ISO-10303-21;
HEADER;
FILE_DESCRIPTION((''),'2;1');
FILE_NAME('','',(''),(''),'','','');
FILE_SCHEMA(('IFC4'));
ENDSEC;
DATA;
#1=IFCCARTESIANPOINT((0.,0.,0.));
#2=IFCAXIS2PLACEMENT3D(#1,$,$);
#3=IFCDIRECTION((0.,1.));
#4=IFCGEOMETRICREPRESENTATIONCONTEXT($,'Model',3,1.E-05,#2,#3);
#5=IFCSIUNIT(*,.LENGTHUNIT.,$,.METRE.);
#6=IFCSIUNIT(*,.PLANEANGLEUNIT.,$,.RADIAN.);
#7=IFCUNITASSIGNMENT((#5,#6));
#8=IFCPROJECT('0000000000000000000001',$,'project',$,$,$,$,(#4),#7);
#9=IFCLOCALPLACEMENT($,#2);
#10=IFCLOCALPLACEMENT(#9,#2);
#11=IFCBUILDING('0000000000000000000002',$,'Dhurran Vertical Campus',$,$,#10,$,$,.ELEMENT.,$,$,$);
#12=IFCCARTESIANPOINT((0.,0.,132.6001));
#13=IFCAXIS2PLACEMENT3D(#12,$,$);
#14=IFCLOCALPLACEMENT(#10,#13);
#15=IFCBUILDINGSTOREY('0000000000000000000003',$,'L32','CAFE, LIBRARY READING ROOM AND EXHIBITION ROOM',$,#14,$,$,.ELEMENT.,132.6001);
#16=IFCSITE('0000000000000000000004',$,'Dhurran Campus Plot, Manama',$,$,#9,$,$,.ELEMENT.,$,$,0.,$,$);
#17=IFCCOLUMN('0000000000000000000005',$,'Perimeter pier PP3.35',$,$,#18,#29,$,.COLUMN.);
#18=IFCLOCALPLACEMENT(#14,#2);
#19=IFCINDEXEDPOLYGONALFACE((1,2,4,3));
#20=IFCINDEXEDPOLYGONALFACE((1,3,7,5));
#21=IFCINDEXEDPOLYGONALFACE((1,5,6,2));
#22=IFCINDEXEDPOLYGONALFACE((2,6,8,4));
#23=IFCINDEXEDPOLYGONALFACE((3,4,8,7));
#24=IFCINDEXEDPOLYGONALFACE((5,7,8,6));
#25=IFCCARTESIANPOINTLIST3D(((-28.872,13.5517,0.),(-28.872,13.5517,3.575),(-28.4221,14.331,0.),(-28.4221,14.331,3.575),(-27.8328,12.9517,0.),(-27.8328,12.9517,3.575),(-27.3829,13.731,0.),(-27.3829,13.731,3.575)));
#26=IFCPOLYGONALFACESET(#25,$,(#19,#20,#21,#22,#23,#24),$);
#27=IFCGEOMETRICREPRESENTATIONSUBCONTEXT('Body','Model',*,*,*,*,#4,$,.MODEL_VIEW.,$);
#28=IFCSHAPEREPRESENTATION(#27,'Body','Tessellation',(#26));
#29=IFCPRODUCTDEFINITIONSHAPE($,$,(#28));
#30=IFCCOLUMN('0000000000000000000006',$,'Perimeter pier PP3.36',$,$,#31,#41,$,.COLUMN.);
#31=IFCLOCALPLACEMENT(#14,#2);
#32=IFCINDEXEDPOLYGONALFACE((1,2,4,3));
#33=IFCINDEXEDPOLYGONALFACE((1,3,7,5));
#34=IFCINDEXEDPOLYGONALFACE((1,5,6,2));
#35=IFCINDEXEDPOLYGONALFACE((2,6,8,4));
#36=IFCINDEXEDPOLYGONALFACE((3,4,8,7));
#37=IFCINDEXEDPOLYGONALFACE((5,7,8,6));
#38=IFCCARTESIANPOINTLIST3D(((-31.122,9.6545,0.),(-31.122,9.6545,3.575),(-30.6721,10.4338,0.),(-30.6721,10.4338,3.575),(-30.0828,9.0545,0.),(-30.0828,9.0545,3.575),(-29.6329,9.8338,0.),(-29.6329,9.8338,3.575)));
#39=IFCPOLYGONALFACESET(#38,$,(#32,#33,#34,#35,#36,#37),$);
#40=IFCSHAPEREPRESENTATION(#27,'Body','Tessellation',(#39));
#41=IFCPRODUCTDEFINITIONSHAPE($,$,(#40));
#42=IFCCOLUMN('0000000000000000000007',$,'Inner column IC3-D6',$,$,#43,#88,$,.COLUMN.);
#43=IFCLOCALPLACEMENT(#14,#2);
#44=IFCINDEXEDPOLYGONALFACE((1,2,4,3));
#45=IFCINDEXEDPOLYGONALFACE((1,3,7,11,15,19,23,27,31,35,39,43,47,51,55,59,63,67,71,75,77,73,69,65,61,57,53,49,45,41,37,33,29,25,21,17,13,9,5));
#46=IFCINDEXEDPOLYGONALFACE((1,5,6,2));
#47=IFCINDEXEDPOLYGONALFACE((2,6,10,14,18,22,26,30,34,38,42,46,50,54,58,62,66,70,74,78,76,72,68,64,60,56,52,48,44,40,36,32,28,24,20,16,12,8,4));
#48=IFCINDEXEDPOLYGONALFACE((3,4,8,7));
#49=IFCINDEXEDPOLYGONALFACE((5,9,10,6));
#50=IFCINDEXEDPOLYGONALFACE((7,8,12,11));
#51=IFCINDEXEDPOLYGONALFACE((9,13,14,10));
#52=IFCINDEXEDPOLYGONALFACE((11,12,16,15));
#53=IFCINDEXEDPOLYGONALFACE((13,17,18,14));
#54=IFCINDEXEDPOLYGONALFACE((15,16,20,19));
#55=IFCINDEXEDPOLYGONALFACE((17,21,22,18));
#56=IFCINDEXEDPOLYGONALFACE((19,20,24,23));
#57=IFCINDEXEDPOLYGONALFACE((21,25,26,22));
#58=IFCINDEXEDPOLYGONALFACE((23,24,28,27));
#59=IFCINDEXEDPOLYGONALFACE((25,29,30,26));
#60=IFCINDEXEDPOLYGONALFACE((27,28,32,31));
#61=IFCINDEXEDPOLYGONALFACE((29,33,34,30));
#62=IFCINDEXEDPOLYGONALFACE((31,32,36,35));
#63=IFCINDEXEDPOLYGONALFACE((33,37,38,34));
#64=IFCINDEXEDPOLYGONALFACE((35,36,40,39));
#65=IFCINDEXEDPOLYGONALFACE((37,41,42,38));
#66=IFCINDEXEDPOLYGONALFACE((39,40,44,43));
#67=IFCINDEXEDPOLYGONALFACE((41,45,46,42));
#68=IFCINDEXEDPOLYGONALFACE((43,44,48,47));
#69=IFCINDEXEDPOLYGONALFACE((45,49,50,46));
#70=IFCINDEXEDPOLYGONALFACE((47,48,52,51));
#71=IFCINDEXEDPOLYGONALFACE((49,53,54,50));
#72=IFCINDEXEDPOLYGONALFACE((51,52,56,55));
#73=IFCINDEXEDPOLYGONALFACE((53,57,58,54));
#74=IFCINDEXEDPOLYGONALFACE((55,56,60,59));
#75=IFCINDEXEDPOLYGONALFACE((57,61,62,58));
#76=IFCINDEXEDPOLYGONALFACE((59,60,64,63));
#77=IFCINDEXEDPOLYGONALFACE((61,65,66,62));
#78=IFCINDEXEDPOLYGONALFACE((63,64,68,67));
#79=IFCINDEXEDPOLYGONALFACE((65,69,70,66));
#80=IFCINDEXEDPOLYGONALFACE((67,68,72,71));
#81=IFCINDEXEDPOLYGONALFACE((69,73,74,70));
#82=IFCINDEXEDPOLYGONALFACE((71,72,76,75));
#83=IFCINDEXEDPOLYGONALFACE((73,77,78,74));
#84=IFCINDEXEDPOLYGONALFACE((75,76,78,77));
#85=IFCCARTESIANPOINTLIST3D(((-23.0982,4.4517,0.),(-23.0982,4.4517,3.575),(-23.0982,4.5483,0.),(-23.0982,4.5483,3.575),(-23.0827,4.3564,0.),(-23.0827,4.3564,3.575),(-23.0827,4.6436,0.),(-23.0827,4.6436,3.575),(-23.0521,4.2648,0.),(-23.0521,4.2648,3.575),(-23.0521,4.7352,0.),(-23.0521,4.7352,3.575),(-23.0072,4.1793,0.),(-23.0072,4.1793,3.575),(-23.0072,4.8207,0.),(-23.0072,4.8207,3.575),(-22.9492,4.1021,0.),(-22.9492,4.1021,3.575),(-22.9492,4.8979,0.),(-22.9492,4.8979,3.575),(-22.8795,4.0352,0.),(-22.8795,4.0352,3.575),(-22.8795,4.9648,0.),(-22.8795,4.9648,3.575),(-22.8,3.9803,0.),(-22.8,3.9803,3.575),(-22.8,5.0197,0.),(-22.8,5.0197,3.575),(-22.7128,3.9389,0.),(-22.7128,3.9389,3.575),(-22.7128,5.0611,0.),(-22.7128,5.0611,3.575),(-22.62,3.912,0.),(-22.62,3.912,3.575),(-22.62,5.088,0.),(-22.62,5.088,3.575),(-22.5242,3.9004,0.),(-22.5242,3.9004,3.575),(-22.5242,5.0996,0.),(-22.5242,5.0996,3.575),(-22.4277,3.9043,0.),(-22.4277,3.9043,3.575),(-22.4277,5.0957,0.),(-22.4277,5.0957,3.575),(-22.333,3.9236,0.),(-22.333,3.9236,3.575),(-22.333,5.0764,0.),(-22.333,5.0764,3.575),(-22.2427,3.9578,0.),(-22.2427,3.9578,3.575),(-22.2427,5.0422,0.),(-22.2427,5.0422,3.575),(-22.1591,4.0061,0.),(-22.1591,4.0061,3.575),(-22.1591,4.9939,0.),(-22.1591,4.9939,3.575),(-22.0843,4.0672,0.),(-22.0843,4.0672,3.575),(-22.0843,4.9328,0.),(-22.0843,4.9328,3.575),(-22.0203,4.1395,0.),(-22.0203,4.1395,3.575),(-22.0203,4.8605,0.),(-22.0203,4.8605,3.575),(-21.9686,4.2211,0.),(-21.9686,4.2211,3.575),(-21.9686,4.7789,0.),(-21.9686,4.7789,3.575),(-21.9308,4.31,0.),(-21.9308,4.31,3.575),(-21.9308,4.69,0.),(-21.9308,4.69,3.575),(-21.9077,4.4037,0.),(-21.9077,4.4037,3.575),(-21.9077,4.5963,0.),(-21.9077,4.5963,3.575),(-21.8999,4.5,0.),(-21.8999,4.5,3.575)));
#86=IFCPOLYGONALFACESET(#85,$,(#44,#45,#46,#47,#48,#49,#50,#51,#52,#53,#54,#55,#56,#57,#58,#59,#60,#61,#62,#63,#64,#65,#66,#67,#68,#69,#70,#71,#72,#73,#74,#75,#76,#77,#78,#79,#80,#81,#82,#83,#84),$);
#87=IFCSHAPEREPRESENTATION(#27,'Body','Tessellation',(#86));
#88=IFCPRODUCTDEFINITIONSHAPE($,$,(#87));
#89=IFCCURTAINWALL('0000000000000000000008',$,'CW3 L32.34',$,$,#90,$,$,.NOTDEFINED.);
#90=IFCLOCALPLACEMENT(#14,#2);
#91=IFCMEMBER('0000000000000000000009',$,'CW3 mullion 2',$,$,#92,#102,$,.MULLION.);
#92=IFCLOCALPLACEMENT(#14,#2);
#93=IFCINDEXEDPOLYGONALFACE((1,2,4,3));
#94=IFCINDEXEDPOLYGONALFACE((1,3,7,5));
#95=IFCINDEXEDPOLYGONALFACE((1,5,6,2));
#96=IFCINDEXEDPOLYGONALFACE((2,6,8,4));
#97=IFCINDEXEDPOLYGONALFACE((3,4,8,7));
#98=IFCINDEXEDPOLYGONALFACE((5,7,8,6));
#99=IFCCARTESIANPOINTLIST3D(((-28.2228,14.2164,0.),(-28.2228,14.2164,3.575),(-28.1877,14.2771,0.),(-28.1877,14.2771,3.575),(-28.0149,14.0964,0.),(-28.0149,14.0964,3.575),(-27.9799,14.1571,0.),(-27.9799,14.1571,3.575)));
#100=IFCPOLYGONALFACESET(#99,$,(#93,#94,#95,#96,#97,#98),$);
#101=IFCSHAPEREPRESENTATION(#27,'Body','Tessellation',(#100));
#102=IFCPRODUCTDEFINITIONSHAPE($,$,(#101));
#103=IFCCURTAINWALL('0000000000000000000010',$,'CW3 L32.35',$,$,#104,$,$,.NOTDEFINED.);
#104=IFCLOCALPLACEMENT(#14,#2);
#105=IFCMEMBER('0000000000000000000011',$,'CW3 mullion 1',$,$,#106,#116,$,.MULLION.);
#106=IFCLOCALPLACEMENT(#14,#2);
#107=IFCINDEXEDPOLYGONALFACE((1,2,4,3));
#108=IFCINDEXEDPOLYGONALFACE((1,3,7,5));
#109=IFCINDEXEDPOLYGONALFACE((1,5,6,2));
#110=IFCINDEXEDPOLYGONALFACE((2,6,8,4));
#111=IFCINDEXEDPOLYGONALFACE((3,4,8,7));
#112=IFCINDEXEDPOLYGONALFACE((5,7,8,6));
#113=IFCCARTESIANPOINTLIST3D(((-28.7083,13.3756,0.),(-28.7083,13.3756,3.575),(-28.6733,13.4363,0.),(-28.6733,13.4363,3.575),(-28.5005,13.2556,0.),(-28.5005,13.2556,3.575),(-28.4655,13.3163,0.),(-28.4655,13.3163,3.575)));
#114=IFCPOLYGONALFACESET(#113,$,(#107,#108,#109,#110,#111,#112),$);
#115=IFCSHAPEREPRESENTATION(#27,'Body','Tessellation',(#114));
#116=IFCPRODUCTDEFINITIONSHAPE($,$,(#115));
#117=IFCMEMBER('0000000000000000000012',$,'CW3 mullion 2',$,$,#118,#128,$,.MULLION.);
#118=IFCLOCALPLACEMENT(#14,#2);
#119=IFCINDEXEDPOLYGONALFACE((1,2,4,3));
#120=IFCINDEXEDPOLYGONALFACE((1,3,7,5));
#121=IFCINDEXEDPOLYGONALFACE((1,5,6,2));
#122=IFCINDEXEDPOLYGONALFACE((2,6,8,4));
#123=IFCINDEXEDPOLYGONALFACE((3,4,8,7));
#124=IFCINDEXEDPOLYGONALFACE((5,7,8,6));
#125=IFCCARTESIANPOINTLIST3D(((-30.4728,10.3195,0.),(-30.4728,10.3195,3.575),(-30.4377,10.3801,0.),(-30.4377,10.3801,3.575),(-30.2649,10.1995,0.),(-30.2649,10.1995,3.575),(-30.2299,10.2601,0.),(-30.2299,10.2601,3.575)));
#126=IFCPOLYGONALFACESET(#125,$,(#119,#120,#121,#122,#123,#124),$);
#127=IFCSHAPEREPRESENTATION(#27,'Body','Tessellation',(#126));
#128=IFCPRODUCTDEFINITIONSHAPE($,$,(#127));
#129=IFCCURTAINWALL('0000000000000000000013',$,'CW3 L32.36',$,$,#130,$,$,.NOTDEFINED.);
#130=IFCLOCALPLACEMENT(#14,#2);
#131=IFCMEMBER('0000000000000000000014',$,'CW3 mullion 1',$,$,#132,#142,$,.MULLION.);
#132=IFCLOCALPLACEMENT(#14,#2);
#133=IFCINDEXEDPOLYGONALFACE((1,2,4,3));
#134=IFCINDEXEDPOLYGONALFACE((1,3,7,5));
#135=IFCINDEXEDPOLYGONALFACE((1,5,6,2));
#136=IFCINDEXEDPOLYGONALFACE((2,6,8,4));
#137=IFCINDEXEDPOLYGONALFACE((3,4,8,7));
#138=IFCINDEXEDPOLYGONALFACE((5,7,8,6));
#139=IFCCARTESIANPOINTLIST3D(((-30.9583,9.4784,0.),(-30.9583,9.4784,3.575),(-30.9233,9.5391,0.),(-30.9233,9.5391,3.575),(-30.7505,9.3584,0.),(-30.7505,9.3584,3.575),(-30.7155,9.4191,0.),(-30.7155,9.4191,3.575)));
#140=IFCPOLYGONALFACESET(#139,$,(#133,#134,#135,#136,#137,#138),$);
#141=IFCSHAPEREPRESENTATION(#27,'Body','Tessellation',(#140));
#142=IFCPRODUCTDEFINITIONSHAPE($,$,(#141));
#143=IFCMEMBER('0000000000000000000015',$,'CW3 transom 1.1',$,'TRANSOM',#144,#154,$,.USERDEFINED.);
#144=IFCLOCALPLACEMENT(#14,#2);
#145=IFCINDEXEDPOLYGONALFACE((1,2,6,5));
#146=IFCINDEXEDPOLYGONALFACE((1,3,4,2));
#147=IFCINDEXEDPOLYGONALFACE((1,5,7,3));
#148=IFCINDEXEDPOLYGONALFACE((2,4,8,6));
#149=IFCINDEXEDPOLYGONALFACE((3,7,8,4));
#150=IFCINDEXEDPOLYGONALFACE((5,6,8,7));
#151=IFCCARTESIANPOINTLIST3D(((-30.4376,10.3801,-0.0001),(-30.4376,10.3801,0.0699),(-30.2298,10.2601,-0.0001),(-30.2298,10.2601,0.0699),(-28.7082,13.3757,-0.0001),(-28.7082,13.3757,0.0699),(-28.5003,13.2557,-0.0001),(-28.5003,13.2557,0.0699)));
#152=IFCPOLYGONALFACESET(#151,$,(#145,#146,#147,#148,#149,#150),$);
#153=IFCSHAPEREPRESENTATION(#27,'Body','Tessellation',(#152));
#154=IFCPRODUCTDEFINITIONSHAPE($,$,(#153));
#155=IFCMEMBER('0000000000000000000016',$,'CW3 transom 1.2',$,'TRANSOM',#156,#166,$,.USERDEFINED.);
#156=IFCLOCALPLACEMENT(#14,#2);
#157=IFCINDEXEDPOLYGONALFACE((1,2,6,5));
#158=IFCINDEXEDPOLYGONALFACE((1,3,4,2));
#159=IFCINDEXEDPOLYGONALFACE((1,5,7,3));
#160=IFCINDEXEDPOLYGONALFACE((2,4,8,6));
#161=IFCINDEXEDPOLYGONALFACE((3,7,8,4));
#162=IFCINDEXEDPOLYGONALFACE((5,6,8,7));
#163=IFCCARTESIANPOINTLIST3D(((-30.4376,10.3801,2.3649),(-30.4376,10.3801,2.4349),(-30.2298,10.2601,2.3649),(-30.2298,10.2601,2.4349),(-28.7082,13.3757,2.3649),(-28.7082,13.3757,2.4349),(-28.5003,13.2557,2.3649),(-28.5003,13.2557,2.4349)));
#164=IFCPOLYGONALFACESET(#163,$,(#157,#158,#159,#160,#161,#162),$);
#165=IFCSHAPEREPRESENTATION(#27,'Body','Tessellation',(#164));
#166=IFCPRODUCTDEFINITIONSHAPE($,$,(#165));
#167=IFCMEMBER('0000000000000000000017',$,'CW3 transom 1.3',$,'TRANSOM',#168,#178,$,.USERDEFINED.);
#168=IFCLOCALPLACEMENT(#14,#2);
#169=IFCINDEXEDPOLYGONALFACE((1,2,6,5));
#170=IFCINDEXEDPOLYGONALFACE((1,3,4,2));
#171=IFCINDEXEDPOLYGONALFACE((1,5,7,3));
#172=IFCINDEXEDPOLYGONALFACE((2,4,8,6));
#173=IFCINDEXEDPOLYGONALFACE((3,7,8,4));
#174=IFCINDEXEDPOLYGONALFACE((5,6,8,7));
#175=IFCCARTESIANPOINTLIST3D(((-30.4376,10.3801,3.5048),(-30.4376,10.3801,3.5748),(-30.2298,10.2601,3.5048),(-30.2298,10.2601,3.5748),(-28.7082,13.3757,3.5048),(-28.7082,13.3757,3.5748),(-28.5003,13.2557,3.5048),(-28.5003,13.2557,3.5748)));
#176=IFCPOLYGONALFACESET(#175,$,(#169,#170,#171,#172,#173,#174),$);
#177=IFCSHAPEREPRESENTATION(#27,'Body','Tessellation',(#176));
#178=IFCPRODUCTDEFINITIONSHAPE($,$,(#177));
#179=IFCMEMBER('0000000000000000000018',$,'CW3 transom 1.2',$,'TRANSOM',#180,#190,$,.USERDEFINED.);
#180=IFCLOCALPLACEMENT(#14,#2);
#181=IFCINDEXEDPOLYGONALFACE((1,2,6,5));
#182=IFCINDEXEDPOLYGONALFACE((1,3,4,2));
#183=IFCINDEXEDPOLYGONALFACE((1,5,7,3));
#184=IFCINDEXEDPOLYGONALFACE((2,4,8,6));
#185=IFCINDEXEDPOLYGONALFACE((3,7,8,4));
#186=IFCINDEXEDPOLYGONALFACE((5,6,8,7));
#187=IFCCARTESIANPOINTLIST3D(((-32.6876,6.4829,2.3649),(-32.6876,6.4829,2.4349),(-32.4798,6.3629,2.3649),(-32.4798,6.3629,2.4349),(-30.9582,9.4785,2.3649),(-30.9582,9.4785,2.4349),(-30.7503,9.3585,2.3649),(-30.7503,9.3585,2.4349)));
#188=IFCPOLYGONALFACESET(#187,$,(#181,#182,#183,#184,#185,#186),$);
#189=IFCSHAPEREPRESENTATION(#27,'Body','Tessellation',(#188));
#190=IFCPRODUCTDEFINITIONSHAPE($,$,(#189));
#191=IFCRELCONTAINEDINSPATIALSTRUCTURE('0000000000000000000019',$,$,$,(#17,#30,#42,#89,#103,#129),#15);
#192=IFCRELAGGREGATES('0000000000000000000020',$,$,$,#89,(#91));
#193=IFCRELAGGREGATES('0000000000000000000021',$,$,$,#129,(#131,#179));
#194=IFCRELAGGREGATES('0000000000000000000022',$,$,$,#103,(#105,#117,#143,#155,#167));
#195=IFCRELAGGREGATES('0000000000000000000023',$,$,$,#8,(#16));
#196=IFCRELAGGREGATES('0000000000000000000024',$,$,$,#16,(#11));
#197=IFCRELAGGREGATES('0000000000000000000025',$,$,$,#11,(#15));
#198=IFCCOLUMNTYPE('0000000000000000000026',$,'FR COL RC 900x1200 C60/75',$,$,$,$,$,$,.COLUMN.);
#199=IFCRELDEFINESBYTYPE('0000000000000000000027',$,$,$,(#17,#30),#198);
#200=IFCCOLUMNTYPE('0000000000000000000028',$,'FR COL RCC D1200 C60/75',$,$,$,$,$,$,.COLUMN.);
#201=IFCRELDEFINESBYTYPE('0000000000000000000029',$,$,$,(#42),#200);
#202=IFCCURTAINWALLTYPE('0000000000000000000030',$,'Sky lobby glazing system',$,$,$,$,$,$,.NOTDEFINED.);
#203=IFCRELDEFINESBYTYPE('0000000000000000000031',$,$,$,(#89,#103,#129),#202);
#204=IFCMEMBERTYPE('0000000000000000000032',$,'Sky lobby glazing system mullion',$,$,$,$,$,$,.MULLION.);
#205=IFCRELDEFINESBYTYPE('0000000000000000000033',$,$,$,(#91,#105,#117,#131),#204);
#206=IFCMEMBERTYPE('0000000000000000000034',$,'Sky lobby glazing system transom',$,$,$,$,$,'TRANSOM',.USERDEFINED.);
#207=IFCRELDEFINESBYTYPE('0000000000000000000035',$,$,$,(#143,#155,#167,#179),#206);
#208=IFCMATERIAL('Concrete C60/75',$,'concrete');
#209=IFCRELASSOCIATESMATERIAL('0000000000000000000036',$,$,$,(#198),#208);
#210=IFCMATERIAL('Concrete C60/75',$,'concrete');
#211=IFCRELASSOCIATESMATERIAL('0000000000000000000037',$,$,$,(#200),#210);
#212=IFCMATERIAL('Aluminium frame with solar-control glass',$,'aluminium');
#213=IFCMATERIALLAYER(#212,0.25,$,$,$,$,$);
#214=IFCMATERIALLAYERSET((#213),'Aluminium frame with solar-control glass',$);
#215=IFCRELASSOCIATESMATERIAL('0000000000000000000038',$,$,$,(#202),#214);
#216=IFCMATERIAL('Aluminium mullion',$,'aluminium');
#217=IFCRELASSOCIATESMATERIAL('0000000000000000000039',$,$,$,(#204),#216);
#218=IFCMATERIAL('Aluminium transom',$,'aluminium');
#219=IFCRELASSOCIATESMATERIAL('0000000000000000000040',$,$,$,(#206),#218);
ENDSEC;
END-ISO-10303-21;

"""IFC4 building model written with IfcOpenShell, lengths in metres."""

from ifc_helpers import new_model, si_unit, direction, frame, origin, origin_2d, place, context, subcontext, project, spatial, rectangle, circle, extrude, material, layer, layer_set, material_profile, profile_set, type_object, element, aggregate, save


model = new_model("IFC4")

# Units and contexts
model_context = context("Model", 3, precision=1e-05, world=origin(), true_north=direction((0.0, 1.0)))
body_context = subcontext(model_context, "Body", "Model", "MODEL_VIEW")
ifc_project = project(units=[si_unit("LENGTHUNIT", "METRE"), si_unit("PLANEANGLEUNIT", "RADIAN")], contexts=[model_context])

# Site, building, storey
site_placement = place(None, origin())
site = spatial("IfcSite", under=ifc_project, at=site_placement, Name="Dhurran Campus Plot, Manama", CompositionType="ELEMENT", RefElevation=0.0)
building_placement = place(site_placement, origin())
building = spatial("IfcBuilding", under=site, at=building_placement, Name="Dhurran Vertical Campus", CompositionType="ELEMENT")
storey_placement = place(building_placement, frame((0.0, 0.0, 132.6001)))
storey = spatial("IfcBuildingStorey", under=building, at=storey_placement, Name="L32", Description="CAFE, LIBRARY READING ROOM AND EXHIBITION ROOM", CompositionType="ELEMENT", Elevation=132.6001)

# Columns
ifc_material_1 = material(Name="Concrete C60/75", Category="concrete")
ifc_material_profile_1 = material_profile(ifc_material_1, rectangle(XDim=0.8999, YDim=1.2, at=origin_2d()), Name="RC 900x1200")
ifc_profile_set_1 = profile_set([ifc_material_profile_1], Name="Concrete C60/75")
column_type_1 = type_object("IfcColumnType", Name="FR COL RC 900x1200 C60/75", PredefinedType="COLUMN", material=ifc_profile_set_1)
for number, where, z_axis, x_axis, name in (
    (1, (-28.1274, 13.6414, 0.0), (0.0, 0.0, 1.0), (-0.5, -0.866025, 0.0), "Perimeter pier PP3.35"),
    (2, (-30.3774, 9.7441, 0.0), (0.0, 0.0, 1.0), (-0.5, -0.866025, 0.0), "Perimeter pier PP3.36"),
):
    element("IfcColumn", number, at=place(storey_placement, frame(where, z_axis=z_axis, x_axis=x_axis)), inside=storey, type_object=column_type_1, Name=name, PredefinedType="COLUMN", context=body_context, shape_type="SweptSolid", body=[
        extrude(rectangle(XDim=0.8999, YDim=1.2, at=origin_2d()), origin(), (0.0, 0.0, 1.0), 3.575),
    ])
ifc_material_2 = material(Name="Concrete C60/75", Category="concrete")
ifc_material_profile_2 = material_profile(ifc_material_2, circle(Radius=0.6001, at=origin_2d()), Name="RCC D1200")
ifc_profile_set_2 = profile_set([ifc_material_profile_2], Name="Concrete C60/75")
column_type_2 = type_object("IfcColumnType", Name="FR COL RCC D1200 C60/75", PredefinedType="COLUMN", material=ifc_profile_set_2)
column_placement = place(storey_placement, frame((-22.5, 4.5, 0.0), z_axis=(0.0, 0.0, 1.0), x_axis=(1.0, 0.0, 0.0)))
element("IfcColumn", 3, at=column_placement, inside=storey, type_object=column_type_2, Name="Inner column IC3-D6", PredefinedType="COLUMN", context=body_context, shape_type="SweptSolid", body=[
    extrude(circle(Radius=0.6001, at=origin_2d()), origin(), (0.0, 0.0, 1.0), 3.575),
])

# Curtain wall, member
ifc_material_3 = material(Name="Aluminium frame with solar-control glass", Category="aluminium")
ifc_layer_1 = layer(ifc_material_3, 0.25)
ifc_layer_set_1 = layer_set([ifc_layer_1], Name="Aluminium frame with solar-control glass")
curtain_wall_type = type_object("IfcCurtainWallType", Name="Sky lobby glazing system", PredefinedType="NOTDEFINED", material=ifc_layer_set_1)
curtain_wall_1_placement = place(storey_placement, origin())
curtain_wall_1 = element("IfcCurtainWall", 4, at=curtain_wall_1_placement, inside=storey, type_object=curtain_wall_type, Name="CW3 L32.34", PredefinedType="NOTDEFINED")
ifc_material_4 = material(Name="Aluminium mullion", Category="aluminium")
ifc_material_profile_3 = material_profile(ifc_material_4, rectangle(XDim=0.24, YDim=0.0701, at=origin_2d()), Name="Sky lobby glazing system mullion")
ifc_profile_set_3 = profile_set([ifc_material_profile_3], Name="Aluminium mullion")
member_type_1 = type_object("IfcMemberType", Name="Sky lobby glazing system mullion", PredefinedType="MULLION", material=ifc_profile_set_3)
member_1_placement = place(storey_placement, frame((-28.1013, 14.1868, 0.0), z_axis=(0.0, 0.0, 1.0), x_axis=(0.866024, -0.500003, 0.0)))
member_1 = element("IfcMember", 5, at=member_1_placement, type_object=member_type_1, Name="CW3 mullion 2", PredefinedType="MULLION", context=body_context, shape_type="SweptSolid", body=[
    extrude(rectangle(XDim=0.24, YDim=0.0701, at=origin_2d()), origin(), (0.0, 0.0, 1.0), 3.575),
])
aggregate(curtain_wall_1, [member_1])

# Curtain wall, members
curtain_wall_2_placement = place(storey_placement, origin())
curtain_wall_2 = element("IfcCurtainWall", 6, at=curtain_wall_2_placement, inside=storey, type_object=curtain_wall_type, Name="CW3 L32.35", PredefinedType="NOTDEFINED")
member_2_placement = place(storey_placement, frame((-28.5869, 13.3459, 0.0), z_axis=(0.0, 0.0, 1.0), x_axis=(0.866024, -0.500003, 0.0)))
member_2 = element("IfcMember", 7, at=member_2_placement, type_object=member_type_1, Name="CW3 mullion 1", PredefinedType="MULLION", context=body_context, shape_type="SweptSolid", body=[
    extrude(rectangle(XDim=0.24, YDim=0.0701, at=origin_2d()), origin(), (0.0, 0.0, 1.0), 3.575),
])
member_3_placement = place(storey_placement, frame((-30.3513, 10.2898, 0.0), z_axis=(0.0, 0.0, 1.0), x_axis=(0.866024, -0.500003, 0.0)))
member_3 = element("IfcMember", 8, at=member_3_placement, type_object=member_type_1, Name="CW3 mullion 2", PredefinedType="MULLION", context=body_context, shape_type="SweptSolid", body=[
    extrude(rectangle(XDim=0.24, YDim=0.0701, at=origin_2d()), origin(), (0.0, 0.0, 1.0), 3.575),
])

# Curtain wall, member
curtain_wall_3_placement = place(storey_placement, origin())
curtain_wall_3 = element("IfcCurtainWall", 9, at=curtain_wall_3_placement, inside=storey, type_object=curtain_wall_type, Name="CW3 L32.36", PredefinedType="NOTDEFINED")
member_4_placement = place(storey_placement, frame((-30.8369, 9.4487, 0.0), z_axis=(0.0, 0.0, 1.0), x_axis=(0.866024, -0.500003, 0.0)))
member_4 = element("IfcMember", 10, at=member_4_placement, type_object=member_type_1, Name="CW3 mullion 1", PredefinedType="MULLION", context=body_context, shape_type="SweptSolid", body=[
    extrude(rectangle(XDim=0.24, YDim=0.0701, at=origin_2d()), origin(), (0.0, 0.0, 1.0), 3.575),
])

# Members
ifc_material_5 = material(Name="Aluminium transom", Category="aluminium")
ifc_material_profile_4 = material_profile(ifc_material_5, rectangle(XDim=0.24, YDim=0.0701, at=origin_2d()), Name="Sky lobby glazing system transom")
ifc_profile_set_4 = profile_set([ifc_material_profile_4], Name="Aluminium transom")
member_type_2 = type_object("IfcMemberType", Name="Sky lobby glazing system transom", ElementType="TRANSOM", PredefinedType="USERDEFINED", material=ifc_profile_set_4)
member_5_placement = place(storey_placement, frame((-28.6042, 13.3157, 0.0349), z_axis=(-0.499995, -0.866028, 0.0), x_axis=(0.866028, -0.499995, 0.0)))
member_5 = element("IfcMember", 11, at=member_5_placement, type_object=member_type_2, Name="CW3 transom 1.1", ObjectType="TRANSOM", PredefinedType="USERDEFINED", context=body_context, shape_type="SweptSolid", body=[
    extrude(rectangle(XDim=0.24, YDim=0.0701, at=origin_2d()), origin(), (0.0, 0.0, 1.0), 3.459),
])
member_6_placement = place(storey_placement, frame((-28.6042, 13.3157, 2.3999), z_axis=(-0.499995, -0.866028, 0.0), x_axis=(0.866028, -0.499995, 0.0)))
member_6 = element("IfcMember", 12, at=member_6_placement, type_object=member_type_2, Name="CW3 transom 1.2", ObjectType="TRANSOM", PredefinedType="USERDEFINED", context=body_context, shape_type="SweptSolid", body=[
    extrude(rectangle(XDim=0.24, YDim=0.0701, at=origin_2d()), origin(), (0.0, 0.0, 1.0), 3.459),
])
member_7_placement = place(storey_placement, frame((-28.6042, 13.3157, 3.5398), z_axis=(-0.499995, -0.866028, 0.0), x_axis=(0.866028, -0.499995, 0.0)))
member_7 = element("IfcMember", 13, at=member_7_placement, type_object=member_type_2, Name="CW3 transom 1.3", ObjectType="TRANSOM", PredefinedType="USERDEFINED", context=body_context, shape_type="SweptSolid", body=[
    extrude(rectangle(XDim=0.24, YDim=0.0701, at=origin_2d()), origin(), (0.0, 0.0, 1.0), 3.459),
])
member_8_placement = place(storey_placement, frame((-30.8542, 9.4185, 2.3999), z_axis=(-0.499995, -0.866028, 0.0), x_axis=(0.866028, -0.499995, 0.0)))
member_8 = element("IfcMember", 14, at=member_8_placement, type_object=member_type_2, Name="CW3 transom 1.2", ObjectType="TRANSOM", PredefinedType="USERDEFINED", context=body_context, shape_type="SweptSolid", body=[
    extrude(rectangle(XDim=0.24, YDim=0.0701, at=origin_2d()), origin(), (0.0, 0.0, 1.0), 3.459),
])
aggregate(curtain_wall_3, [member_4, member_8])

aggregate(curtain_wall_2, [member_2, member_3, member_5, member_6, member_7])

save(model, "model.ifc")
